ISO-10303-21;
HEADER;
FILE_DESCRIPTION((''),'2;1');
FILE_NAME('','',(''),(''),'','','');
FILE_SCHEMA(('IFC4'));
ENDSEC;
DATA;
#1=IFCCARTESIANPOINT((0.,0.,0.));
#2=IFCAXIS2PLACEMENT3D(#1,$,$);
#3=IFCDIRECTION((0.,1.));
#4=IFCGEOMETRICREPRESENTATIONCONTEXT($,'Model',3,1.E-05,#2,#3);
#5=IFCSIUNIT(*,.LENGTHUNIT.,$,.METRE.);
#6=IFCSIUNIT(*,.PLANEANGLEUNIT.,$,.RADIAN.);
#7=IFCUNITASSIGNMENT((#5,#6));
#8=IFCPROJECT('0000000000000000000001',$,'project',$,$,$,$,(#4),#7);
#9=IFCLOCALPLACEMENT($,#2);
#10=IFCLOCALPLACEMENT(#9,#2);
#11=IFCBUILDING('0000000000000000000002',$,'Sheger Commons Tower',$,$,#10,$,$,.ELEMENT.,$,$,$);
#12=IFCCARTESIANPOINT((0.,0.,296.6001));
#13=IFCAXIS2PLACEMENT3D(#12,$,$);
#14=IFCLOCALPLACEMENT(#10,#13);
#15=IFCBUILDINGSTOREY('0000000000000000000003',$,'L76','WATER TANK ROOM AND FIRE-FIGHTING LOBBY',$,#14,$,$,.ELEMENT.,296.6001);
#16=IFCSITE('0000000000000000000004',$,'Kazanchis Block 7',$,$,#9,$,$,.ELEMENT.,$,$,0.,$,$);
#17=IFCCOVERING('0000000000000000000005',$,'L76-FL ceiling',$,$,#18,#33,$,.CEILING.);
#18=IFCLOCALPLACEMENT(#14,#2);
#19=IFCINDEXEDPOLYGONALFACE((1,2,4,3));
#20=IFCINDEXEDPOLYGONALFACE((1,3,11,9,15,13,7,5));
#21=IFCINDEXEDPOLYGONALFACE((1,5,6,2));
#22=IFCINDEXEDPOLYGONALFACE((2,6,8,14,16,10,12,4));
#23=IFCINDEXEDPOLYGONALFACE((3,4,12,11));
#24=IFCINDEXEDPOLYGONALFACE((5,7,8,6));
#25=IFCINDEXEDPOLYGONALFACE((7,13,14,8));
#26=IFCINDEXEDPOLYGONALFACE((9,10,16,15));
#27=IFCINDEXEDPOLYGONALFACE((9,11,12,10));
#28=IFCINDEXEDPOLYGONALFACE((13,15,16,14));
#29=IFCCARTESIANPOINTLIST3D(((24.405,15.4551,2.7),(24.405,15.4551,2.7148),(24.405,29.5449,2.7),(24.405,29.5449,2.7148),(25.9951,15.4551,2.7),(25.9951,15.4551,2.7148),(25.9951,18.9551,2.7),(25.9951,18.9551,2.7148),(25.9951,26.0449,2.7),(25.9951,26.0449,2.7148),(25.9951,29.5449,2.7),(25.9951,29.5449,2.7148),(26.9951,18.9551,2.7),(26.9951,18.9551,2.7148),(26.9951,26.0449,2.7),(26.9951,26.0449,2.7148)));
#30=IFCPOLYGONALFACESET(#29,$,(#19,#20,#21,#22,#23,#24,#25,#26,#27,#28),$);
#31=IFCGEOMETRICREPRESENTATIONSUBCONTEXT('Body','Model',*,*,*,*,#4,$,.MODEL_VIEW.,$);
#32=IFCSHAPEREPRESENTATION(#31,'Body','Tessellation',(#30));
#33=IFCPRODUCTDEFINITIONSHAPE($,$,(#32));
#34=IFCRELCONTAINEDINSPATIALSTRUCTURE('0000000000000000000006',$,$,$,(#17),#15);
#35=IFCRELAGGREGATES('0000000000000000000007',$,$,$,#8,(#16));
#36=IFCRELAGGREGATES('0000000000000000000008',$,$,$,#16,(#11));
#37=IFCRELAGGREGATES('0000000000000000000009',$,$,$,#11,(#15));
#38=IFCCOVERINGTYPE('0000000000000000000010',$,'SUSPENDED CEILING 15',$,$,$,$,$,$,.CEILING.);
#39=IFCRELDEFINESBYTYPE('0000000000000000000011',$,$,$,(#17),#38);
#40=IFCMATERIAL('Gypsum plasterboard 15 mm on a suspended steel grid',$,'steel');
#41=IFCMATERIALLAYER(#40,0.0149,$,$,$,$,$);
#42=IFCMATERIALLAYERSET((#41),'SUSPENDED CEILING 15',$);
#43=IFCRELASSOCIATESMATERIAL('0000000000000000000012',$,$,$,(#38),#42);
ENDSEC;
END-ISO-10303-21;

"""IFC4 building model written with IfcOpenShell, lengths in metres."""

from ifc_helpers import new_model, si_unit, direction, frame, origin, place, context, subcontext, project, spatial, polyline, outline, extrude, material, layer, layer_set, type_object, element, save


model = new_model("IFC4")

# Units and contexts
model_context = context("Model", 3, precision=1e-05, world=origin(), true_north=direction((0.0, 1.0)))
body_context = subcontext(model_context, "Body", "Model", "MODEL_VIEW")
ifc_project = project(units=[si_unit("LENGTHUNIT", "METRE"), si_unit("PLANEANGLEUNIT", "RADIAN")], contexts=[model_context])

# Site, building, storey
site_placement = place(None, origin())
site = spatial("IfcSite", under=ifc_project, at=site_placement, Name="Kazanchis Block 7", CompositionType="ELEMENT", RefElevation=0.0)
building_placement = place(site_placement, origin())
building = spatial("IfcBuilding", under=site, at=building_placement, Name="Sheger Commons Tower", CompositionType="ELEMENT")
storey_placement = place(building_placement, frame((0.0, 0.0, 296.6001)))
storey = spatial("IfcBuildingStorey", under=building, at=storey_placement, Name="L76", Description="WATER TANK ROOM AND FIRE-FIGHTING LOBBY", CompositionType="ELEMENT", Elevation=296.6001)

# Covering
ifc_material_1 = material(Name="Gypsum plasterboard 15 mm on a suspended steel grid", Category="steel")
ifc_layer_1 = layer(ifc_material_1, 0.0149)
ifc_layer_set_1 = layer_set([ifc_layer_1], Name="SUSPENDED CEILING 15")
covering_type_1 = type_object("IfcCoveringType", Name="SUSPENDED CEILING 15", PredefinedType="CEILING", material=ifc_layer_set_1)
covering_1_placement = place(storey_placement, frame((0.0, 0.0, 2.7)))
element("IfcCovering", 1, at=covering_1_placement, inside=storey, type_object=covering_type_1, Name="L76-FL ceiling", PredefinedType="CEILING", context=body_context, shape_type="SweptSolid", body=[
    extrude(outline(polyline([(24.405, 15.4551), (25.9951, 15.4551), (25.9951, 18.9551), (26.9951, 18.9551), (26.9951, 26.0449), (25.9951, 26.0449), (25.9951, 29.5449), (24.405, 29.5449), (24.405, 15.4551)])), origin(), (0.0, 0.0, 1.0), 0.0149),
])

save(model, "model.ifc")
